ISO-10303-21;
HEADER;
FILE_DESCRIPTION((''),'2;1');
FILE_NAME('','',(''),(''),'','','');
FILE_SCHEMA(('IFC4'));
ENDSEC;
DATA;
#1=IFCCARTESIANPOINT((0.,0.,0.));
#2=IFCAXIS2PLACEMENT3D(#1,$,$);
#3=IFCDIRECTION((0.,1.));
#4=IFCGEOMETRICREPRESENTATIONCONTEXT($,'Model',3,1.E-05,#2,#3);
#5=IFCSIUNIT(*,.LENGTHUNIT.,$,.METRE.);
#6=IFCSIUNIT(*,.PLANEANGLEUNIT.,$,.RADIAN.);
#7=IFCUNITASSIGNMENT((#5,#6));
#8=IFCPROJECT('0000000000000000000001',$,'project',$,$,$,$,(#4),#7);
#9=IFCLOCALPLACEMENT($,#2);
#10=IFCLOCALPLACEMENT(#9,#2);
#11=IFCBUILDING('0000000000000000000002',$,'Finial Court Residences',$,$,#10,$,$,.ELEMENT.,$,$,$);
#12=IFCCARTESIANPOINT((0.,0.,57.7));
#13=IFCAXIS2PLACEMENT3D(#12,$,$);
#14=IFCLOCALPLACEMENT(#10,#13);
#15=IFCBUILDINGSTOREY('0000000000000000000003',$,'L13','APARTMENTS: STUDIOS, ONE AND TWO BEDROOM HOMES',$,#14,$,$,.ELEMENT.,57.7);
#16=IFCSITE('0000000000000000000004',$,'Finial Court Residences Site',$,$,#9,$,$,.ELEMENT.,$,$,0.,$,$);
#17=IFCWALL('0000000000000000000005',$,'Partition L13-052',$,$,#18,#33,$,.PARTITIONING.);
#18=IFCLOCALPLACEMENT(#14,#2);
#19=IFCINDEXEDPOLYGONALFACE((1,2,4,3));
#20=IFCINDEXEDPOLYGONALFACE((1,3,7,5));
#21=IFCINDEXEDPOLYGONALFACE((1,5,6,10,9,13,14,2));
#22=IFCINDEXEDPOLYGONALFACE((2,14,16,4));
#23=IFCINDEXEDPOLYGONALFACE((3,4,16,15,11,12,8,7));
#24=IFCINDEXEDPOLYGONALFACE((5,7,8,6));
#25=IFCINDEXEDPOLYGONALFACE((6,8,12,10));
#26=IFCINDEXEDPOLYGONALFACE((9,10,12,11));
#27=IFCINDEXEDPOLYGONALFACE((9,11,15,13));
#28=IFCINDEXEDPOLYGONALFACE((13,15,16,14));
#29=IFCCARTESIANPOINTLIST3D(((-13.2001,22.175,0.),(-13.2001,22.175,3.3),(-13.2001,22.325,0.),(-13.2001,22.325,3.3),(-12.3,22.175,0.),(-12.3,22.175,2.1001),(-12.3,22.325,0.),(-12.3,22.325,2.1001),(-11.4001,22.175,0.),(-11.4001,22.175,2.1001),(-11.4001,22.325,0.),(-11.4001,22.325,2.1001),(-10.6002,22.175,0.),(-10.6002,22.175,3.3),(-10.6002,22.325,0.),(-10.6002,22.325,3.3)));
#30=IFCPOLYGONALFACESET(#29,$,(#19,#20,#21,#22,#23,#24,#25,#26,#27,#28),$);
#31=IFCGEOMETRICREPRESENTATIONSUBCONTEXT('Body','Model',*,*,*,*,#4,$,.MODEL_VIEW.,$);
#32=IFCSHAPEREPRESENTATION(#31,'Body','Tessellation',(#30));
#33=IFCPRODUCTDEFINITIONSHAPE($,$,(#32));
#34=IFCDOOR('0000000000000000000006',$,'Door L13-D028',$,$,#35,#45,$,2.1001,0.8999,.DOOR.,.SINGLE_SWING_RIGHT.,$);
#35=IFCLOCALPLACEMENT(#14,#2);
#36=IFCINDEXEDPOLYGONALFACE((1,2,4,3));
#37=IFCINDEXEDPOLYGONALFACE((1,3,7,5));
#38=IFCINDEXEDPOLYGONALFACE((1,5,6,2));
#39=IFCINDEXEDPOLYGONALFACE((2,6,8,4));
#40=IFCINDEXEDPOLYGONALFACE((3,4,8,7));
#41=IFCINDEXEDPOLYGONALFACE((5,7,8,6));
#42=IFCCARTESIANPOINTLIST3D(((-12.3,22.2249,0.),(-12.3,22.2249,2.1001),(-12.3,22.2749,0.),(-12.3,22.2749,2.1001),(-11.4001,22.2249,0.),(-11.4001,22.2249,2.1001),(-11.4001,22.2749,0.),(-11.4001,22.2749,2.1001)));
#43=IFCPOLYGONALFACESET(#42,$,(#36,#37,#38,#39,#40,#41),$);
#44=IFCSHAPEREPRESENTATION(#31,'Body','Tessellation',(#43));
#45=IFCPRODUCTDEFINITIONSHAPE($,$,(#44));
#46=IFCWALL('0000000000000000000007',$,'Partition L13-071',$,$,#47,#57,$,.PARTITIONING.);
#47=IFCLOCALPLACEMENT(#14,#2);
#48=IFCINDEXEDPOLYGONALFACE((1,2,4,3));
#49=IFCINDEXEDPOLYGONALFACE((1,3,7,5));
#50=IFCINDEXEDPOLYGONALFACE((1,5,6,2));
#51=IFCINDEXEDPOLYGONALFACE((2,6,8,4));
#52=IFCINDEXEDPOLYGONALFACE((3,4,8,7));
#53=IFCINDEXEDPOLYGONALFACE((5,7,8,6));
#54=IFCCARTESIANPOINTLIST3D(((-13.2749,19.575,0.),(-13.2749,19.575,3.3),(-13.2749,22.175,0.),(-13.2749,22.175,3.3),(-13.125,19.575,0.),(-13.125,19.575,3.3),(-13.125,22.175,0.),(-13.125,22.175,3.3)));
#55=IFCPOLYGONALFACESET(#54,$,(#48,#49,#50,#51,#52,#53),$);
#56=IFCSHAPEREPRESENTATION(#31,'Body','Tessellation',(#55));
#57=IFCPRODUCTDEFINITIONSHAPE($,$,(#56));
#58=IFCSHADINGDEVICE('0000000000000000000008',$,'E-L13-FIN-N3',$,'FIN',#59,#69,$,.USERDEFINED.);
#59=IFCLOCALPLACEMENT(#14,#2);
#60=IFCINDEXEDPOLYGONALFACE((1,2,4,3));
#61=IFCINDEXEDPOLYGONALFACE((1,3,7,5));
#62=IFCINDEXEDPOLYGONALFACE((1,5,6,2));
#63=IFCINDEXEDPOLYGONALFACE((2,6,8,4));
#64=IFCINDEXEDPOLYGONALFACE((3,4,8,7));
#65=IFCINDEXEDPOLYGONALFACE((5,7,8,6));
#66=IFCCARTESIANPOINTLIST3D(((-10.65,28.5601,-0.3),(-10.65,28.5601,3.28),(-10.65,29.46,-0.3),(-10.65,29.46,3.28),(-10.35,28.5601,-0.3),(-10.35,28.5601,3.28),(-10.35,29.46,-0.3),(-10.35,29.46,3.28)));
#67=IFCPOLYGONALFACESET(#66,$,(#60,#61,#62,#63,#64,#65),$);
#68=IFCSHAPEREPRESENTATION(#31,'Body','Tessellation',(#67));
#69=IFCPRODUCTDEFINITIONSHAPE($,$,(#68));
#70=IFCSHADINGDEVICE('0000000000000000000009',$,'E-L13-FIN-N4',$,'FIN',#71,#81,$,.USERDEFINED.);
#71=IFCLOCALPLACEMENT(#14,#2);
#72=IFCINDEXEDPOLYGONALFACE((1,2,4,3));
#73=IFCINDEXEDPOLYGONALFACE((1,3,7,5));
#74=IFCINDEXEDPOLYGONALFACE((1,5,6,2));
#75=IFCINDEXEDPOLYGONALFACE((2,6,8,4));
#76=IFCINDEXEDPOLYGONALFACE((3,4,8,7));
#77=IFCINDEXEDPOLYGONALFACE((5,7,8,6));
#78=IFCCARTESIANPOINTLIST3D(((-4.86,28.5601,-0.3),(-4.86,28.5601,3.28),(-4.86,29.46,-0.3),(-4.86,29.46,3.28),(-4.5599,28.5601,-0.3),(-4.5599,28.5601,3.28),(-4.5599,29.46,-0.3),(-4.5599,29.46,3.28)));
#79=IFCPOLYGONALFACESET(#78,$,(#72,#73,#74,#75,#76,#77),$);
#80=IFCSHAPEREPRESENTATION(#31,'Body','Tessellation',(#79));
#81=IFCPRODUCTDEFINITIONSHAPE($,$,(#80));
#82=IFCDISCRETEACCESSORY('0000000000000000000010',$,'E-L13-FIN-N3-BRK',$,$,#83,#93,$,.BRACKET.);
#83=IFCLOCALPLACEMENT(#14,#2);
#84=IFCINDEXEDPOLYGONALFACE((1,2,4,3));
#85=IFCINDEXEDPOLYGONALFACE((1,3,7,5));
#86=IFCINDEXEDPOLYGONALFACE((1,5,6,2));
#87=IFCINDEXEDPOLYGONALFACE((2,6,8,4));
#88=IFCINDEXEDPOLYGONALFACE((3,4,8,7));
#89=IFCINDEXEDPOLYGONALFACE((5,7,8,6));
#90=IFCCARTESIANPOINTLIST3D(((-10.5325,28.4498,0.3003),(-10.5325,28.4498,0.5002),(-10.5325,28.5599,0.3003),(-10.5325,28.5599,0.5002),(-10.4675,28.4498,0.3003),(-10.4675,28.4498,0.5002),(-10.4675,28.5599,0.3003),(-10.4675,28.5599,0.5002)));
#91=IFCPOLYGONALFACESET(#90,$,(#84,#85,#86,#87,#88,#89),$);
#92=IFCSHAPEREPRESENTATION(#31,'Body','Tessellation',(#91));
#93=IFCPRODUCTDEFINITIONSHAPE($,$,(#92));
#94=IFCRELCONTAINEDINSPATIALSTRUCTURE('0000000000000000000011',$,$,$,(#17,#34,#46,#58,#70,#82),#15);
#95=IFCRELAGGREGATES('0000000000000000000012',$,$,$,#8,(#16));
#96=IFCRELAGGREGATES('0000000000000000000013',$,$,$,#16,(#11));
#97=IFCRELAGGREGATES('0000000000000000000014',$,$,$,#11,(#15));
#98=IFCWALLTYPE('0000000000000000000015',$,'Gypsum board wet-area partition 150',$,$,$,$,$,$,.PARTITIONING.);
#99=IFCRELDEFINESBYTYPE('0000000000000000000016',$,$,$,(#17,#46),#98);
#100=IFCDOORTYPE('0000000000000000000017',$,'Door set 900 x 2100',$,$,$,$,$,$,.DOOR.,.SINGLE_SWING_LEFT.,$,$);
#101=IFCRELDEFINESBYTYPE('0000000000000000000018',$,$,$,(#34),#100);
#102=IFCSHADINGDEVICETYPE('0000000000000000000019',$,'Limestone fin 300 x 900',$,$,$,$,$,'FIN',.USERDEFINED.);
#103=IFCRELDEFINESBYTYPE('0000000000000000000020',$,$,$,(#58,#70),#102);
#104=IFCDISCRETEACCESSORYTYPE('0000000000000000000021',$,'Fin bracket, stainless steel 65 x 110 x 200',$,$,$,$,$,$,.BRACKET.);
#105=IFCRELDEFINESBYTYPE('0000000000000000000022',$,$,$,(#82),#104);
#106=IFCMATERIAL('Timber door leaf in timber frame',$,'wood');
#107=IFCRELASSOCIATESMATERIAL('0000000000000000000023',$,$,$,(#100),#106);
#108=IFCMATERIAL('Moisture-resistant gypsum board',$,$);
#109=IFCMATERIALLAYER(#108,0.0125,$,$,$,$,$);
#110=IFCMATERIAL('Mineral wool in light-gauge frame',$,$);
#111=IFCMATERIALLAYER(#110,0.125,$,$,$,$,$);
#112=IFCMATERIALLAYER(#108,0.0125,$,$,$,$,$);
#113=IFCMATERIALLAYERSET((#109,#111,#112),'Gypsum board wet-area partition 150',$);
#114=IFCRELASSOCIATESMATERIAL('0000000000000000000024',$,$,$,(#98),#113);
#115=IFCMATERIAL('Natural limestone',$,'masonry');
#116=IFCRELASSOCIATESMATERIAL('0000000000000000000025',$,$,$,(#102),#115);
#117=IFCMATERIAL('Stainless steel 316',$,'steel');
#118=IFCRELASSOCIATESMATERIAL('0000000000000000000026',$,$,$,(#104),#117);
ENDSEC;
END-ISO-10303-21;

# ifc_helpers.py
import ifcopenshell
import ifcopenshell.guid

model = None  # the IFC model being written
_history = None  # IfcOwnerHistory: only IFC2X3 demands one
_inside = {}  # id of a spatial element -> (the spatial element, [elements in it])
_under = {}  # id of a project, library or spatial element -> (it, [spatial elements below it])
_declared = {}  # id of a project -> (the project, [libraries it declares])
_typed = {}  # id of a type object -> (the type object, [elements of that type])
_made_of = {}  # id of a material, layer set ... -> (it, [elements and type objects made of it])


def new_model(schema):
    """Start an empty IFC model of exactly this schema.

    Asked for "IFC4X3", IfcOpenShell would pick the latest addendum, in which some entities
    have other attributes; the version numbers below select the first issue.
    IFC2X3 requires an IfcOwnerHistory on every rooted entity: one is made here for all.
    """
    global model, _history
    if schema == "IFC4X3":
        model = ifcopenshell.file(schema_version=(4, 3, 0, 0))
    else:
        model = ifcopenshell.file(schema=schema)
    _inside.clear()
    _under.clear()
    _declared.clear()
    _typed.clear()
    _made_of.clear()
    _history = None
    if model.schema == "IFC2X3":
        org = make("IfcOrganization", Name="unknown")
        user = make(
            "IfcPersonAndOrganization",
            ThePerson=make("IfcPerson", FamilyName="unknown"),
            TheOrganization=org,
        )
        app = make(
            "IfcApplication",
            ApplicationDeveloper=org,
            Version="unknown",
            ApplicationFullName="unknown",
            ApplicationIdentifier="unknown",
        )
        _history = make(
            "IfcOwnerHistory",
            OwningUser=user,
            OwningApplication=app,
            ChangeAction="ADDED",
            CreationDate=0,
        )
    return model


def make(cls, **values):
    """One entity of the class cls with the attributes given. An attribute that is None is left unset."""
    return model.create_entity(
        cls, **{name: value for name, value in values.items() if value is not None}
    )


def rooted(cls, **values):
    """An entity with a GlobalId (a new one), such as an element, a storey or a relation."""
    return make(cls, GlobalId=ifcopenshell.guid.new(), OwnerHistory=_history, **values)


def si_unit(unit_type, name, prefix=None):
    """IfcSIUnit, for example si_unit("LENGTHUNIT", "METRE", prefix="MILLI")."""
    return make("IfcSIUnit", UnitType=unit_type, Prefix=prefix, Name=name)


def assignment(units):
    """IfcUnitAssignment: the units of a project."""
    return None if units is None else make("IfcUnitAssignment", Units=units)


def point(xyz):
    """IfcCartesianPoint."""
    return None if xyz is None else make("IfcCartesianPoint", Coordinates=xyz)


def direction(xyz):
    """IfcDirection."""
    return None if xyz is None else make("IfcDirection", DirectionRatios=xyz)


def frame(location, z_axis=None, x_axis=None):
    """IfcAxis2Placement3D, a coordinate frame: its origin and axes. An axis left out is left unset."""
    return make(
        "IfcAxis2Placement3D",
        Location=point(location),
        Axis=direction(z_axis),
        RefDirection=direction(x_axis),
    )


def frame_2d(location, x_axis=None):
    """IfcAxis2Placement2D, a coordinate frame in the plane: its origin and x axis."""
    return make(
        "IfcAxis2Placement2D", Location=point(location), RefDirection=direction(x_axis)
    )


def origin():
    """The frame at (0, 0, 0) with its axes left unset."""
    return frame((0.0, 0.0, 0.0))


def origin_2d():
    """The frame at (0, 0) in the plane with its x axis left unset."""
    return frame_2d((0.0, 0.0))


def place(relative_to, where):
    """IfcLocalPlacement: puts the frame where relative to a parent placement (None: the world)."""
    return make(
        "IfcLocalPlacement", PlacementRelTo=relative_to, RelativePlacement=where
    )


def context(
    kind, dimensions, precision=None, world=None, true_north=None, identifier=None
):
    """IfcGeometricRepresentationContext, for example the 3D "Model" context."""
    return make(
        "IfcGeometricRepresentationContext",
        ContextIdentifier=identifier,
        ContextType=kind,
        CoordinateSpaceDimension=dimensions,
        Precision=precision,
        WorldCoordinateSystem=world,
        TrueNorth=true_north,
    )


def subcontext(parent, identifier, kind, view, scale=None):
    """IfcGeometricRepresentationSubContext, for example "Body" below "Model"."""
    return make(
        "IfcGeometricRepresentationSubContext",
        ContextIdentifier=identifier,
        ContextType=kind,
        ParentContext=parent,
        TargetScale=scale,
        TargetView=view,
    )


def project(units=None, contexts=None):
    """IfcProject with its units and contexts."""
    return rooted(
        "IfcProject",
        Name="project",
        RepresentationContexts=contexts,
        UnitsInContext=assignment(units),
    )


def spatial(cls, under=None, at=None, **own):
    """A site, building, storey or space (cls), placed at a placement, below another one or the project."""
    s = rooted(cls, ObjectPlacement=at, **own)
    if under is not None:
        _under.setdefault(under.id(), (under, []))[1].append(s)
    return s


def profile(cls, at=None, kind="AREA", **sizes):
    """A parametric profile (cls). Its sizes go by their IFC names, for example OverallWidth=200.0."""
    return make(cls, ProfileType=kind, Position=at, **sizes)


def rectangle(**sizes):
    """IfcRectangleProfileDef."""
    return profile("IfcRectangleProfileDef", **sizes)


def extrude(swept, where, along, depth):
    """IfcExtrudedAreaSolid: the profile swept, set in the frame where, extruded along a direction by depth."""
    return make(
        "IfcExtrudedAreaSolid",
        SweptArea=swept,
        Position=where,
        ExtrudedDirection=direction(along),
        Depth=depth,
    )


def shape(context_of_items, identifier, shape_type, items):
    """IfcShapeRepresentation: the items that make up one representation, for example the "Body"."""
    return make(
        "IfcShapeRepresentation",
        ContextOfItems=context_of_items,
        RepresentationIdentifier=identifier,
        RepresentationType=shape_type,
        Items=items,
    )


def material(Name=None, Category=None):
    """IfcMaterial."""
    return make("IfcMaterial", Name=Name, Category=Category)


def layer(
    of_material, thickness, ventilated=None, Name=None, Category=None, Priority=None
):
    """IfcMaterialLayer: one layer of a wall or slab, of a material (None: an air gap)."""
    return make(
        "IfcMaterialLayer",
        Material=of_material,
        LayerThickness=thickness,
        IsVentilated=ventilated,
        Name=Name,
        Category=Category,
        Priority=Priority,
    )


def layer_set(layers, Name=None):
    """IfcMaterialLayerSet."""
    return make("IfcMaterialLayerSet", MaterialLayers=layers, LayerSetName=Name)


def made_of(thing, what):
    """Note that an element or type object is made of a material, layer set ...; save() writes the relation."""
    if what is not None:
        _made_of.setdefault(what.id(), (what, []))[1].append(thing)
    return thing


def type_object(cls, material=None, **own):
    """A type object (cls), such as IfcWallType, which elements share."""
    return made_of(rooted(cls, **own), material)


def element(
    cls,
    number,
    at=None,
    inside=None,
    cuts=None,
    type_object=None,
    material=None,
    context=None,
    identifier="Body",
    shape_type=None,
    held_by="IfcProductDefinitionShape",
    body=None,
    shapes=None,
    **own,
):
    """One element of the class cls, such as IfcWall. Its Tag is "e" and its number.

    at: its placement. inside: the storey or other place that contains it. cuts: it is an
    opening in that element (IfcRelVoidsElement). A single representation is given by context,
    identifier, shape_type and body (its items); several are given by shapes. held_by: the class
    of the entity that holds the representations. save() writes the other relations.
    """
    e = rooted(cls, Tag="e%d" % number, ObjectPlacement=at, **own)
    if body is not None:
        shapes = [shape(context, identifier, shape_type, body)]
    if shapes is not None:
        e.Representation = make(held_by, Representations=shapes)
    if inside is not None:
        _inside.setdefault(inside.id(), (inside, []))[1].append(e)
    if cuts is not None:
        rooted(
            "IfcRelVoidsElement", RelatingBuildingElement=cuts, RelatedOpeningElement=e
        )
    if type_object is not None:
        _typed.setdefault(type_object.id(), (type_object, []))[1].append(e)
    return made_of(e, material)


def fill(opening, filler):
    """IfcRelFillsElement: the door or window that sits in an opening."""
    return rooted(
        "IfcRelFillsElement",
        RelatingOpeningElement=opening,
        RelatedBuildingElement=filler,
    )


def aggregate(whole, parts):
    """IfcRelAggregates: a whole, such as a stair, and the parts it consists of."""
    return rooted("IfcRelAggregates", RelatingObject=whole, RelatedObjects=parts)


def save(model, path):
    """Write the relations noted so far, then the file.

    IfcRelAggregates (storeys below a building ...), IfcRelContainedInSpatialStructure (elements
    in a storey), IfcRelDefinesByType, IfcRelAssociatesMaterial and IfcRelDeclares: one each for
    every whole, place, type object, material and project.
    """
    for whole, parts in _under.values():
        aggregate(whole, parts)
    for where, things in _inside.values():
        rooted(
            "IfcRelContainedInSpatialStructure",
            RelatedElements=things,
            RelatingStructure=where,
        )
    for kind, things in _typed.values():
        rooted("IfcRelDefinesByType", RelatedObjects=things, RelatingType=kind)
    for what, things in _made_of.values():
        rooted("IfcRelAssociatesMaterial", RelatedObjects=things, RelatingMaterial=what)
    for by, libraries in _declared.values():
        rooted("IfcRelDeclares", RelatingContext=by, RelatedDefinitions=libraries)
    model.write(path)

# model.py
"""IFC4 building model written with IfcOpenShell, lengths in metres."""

from ifc_helpers import new_model, si_unit, direction, frame, frame_2d, origin, origin_2d, place, context, subcontext, project, spatial, rectangle, extrude, material, layer, layer_set, type_object, element, fill, save


model = new_model("IFC4")

# Units and contexts
model_context = context("Model", 3, precision=1e-05, world=origin(), true_north=direction((0.0, 1.0)))
body_context = subcontext(model_context, "Body", "Model", "MODEL_VIEW")
ifc_project = project(units=[si_unit("LENGTHUNIT", "METRE"), si_unit("PLANEANGLEUNIT", "RADIAN")], contexts=[model_context])

# Site, building, storey
site_placement = place(None, origin())
site = spatial("IfcSite", under=ifc_project, at=site_placement, Name="Finial Court Residences Site", CompositionType="ELEMENT", RefElevation=0.0)
building_placement = place(site_placement, origin())
building = spatial("IfcBuilding", under=site, at=building_placement, Name="Finial Court Residences", CompositionType="ELEMENT")
storey_placement = place(building_placement, frame((0.0, 0.0, 57.7)))
storey = spatial("IfcBuildingStorey", under=building, at=storey_placement, Name="L13", Description="APARTMENTS: STUDIOS, ONE AND TWO BEDROOM HOMES", CompositionType="ELEMENT", Elevation=57.7)

# Shared definitions
ifc_material_1 = material(Name="Mineral wool in light-gauge frame")
ifc_material_2 = material(Name="Timber door leaf in timber frame", Category="wood")
door_type = type_object("IfcDoorType", Name="Door set 900 x 2100", OperationType="SINGLE_SWING_LEFT", PredefinedType="DOOR", material=ifc_material_2)

# Shared definitions
ifc_material_3 = material(Name="Moisture-resistant gypsum board")
ifc_layer_1 = layer(ifc_material_3, 0.0125)
ifc_layer_2 = layer(ifc_material_1, 0.125)
ifc_layer_3 = layer(ifc_material_3, 0.0125)
ifc_layer_set_1 = layer_set([ifc_layer_1, ifc_layer_2, ifc_layer_3], Name="Gypsum board wet-area partition 150")
wall_type_1 = type_object("IfcWallType", Name="Gypsum board wet-area partition 150", PredefinedType="PARTITIONING", material=ifc_layer_set_1)

# Wall, opening, door
wall_1_placement = place(storey_placement, frame((-13.2, 22.25, 0.0), z_axis=(0.0, 0.0, 1.0), x_axis=(1.0, 0.0, 0.0)))
wall_1 = element("IfcWall", 1, at=wall_1_placement, inside=storey, type_object=wall_type_1, Name="Partition L13-052", PredefinedType="PARTITIONING", context=body_context, shape_type="SweptSolid", body=[
    extrude(rectangle(XDim=2.5999, YDim=0.1499, at=frame_2d((1.2998, 0.0))), origin(), (0.0, 0.0, 1.0), 3.3),
])
opening_1_placement = place(wall_1_placement, frame((0.8999, 0.0, 0.0)))
opening_1 = element("IfcOpeningElement", 2, at=opening_1_placement, cuts=wall_1, PredefinedType="OPENING", context=body_context, shape_type="SweptSolid", body=[
    extrude(rectangle(XDim=0.8999, YDim=2.1001, at=frame_2d((0.45, 1.05))), frame((0.0, 0.085, 0.0), z_axis=(0.0, -1.0, 0.0), x_axis=(1.0, 0.0, 0.0)), (0.0, 0.0, 1.0), 0.1699),
])
door_1_placement = place(opening_1_placement, origin())
door_1 = element("IfcDoor", 3, at=door_1_placement, inside=storey, type_object=door_type, Name="Door L13-D028", OperationType="SINGLE_SWING_RIGHT", OverallHeight=2.1001, OverallWidth=0.8999, PredefinedType="DOOR", context=body_context, shape_type="SweptSolid", body=[
    extrude(rectangle(XDim=0.8999, YDim=2.1001, at=frame_2d((0.45, 1.05))), frame((0.0, 0.0249, 0.0), z_axis=(0.0, -1.0, 0.0), x_axis=(1.0, 0.0, 0.0)), (0.0, 0.0, 1.0), 0.05),
])
fill(opening_1, door_1)

# Wall
wall_2_placement = place(storey_placement, frame((-13.2, 19.575, 0.0), z_axis=(0.0, 0.0, 1.0), x_axis=(0.0, 1.0, 0.0)))
element("IfcWall", 4, at=wall_2_placement, inside=storey, type_object=wall_type_1, Name="Partition L13-071", PredefinedType="PARTITIONING", context=body_context, shape_type="SweptSolid", body=[
    extrude(rectangle(XDim=2.6001, YDim=0.1499, at=frame_2d((1.3, 0.0))), origin(), (0.0, 0.0, 1.0), 3.3),
])

# Shading devices
ifc_material_4 = material(Name="Natural limestone", Category="masonry")
shading_device_type = type_object("IfcShadingDeviceType", Name="Limestone fin 300 x 900", ElementType="FIN", PredefinedType="USERDEFINED", material=ifc_material_4)
for number, where, z_axis, x_axis, name in (
    (5, (-10.5, 29.01, -0.3), (0.0, 0.0, 1.0), (1.0, 0.0, 0.0), "E-L13-FIN-N3"),
    (6, (-4.71, 29.01, -0.3), (0.0, 0.0, 1.0), (1.0, 0.0, 0.0), "E-L13-FIN-N4"),
):
    element("IfcShadingDevice", number, at=place(storey_placement, frame(where, z_axis=z_axis, x_axis=x_axis)), inside=storey, type_object=shading_device_type, Name=name, ObjectType="FIN", PredefinedType="USERDEFINED", context=body_context, shape_type="SweptSolid", body=[
        extrude(rectangle(XDim=0.3, YDim=0.8999, at=origin_2d()), origin(), (0.0, 0.0, 1.0), 3.5801),
    ])

# Discrete accessory
ifc_material_5 = material(Name="Stainless steel 316", Category="steel")
discrete_accessory_type = type_object("IfcDiscreteAccessoryType", Name="Fin bracket, stainless steel 65 x 110 x 200", PredefinedType="BRACKET", material=ifc_material_5)
discrete_accessory_placement = place(storey_placement, frame((-10.5, 28.5049, 0.3003), z_axis=(0.0, 0.0, 1.0), x_axis=(1.0, 0.0, 0.0)))
element("IfcDiscreteAccessory", 7, at=discrete_accessory_placement, inside=storey, type_object=discrete_accessory_type, Name="E-L13-FIN-N3-BRK", PredefinedType="BRACKET", context=body_context, shape_type="SweptSolid", body=[
    extrude(rectangle(XDim=0.0649, YDim=0.1101, at=origin_2d()), origin(), (0.0, 0.0, 1.0), 0.2),
])

save(model, "model.ifc")
